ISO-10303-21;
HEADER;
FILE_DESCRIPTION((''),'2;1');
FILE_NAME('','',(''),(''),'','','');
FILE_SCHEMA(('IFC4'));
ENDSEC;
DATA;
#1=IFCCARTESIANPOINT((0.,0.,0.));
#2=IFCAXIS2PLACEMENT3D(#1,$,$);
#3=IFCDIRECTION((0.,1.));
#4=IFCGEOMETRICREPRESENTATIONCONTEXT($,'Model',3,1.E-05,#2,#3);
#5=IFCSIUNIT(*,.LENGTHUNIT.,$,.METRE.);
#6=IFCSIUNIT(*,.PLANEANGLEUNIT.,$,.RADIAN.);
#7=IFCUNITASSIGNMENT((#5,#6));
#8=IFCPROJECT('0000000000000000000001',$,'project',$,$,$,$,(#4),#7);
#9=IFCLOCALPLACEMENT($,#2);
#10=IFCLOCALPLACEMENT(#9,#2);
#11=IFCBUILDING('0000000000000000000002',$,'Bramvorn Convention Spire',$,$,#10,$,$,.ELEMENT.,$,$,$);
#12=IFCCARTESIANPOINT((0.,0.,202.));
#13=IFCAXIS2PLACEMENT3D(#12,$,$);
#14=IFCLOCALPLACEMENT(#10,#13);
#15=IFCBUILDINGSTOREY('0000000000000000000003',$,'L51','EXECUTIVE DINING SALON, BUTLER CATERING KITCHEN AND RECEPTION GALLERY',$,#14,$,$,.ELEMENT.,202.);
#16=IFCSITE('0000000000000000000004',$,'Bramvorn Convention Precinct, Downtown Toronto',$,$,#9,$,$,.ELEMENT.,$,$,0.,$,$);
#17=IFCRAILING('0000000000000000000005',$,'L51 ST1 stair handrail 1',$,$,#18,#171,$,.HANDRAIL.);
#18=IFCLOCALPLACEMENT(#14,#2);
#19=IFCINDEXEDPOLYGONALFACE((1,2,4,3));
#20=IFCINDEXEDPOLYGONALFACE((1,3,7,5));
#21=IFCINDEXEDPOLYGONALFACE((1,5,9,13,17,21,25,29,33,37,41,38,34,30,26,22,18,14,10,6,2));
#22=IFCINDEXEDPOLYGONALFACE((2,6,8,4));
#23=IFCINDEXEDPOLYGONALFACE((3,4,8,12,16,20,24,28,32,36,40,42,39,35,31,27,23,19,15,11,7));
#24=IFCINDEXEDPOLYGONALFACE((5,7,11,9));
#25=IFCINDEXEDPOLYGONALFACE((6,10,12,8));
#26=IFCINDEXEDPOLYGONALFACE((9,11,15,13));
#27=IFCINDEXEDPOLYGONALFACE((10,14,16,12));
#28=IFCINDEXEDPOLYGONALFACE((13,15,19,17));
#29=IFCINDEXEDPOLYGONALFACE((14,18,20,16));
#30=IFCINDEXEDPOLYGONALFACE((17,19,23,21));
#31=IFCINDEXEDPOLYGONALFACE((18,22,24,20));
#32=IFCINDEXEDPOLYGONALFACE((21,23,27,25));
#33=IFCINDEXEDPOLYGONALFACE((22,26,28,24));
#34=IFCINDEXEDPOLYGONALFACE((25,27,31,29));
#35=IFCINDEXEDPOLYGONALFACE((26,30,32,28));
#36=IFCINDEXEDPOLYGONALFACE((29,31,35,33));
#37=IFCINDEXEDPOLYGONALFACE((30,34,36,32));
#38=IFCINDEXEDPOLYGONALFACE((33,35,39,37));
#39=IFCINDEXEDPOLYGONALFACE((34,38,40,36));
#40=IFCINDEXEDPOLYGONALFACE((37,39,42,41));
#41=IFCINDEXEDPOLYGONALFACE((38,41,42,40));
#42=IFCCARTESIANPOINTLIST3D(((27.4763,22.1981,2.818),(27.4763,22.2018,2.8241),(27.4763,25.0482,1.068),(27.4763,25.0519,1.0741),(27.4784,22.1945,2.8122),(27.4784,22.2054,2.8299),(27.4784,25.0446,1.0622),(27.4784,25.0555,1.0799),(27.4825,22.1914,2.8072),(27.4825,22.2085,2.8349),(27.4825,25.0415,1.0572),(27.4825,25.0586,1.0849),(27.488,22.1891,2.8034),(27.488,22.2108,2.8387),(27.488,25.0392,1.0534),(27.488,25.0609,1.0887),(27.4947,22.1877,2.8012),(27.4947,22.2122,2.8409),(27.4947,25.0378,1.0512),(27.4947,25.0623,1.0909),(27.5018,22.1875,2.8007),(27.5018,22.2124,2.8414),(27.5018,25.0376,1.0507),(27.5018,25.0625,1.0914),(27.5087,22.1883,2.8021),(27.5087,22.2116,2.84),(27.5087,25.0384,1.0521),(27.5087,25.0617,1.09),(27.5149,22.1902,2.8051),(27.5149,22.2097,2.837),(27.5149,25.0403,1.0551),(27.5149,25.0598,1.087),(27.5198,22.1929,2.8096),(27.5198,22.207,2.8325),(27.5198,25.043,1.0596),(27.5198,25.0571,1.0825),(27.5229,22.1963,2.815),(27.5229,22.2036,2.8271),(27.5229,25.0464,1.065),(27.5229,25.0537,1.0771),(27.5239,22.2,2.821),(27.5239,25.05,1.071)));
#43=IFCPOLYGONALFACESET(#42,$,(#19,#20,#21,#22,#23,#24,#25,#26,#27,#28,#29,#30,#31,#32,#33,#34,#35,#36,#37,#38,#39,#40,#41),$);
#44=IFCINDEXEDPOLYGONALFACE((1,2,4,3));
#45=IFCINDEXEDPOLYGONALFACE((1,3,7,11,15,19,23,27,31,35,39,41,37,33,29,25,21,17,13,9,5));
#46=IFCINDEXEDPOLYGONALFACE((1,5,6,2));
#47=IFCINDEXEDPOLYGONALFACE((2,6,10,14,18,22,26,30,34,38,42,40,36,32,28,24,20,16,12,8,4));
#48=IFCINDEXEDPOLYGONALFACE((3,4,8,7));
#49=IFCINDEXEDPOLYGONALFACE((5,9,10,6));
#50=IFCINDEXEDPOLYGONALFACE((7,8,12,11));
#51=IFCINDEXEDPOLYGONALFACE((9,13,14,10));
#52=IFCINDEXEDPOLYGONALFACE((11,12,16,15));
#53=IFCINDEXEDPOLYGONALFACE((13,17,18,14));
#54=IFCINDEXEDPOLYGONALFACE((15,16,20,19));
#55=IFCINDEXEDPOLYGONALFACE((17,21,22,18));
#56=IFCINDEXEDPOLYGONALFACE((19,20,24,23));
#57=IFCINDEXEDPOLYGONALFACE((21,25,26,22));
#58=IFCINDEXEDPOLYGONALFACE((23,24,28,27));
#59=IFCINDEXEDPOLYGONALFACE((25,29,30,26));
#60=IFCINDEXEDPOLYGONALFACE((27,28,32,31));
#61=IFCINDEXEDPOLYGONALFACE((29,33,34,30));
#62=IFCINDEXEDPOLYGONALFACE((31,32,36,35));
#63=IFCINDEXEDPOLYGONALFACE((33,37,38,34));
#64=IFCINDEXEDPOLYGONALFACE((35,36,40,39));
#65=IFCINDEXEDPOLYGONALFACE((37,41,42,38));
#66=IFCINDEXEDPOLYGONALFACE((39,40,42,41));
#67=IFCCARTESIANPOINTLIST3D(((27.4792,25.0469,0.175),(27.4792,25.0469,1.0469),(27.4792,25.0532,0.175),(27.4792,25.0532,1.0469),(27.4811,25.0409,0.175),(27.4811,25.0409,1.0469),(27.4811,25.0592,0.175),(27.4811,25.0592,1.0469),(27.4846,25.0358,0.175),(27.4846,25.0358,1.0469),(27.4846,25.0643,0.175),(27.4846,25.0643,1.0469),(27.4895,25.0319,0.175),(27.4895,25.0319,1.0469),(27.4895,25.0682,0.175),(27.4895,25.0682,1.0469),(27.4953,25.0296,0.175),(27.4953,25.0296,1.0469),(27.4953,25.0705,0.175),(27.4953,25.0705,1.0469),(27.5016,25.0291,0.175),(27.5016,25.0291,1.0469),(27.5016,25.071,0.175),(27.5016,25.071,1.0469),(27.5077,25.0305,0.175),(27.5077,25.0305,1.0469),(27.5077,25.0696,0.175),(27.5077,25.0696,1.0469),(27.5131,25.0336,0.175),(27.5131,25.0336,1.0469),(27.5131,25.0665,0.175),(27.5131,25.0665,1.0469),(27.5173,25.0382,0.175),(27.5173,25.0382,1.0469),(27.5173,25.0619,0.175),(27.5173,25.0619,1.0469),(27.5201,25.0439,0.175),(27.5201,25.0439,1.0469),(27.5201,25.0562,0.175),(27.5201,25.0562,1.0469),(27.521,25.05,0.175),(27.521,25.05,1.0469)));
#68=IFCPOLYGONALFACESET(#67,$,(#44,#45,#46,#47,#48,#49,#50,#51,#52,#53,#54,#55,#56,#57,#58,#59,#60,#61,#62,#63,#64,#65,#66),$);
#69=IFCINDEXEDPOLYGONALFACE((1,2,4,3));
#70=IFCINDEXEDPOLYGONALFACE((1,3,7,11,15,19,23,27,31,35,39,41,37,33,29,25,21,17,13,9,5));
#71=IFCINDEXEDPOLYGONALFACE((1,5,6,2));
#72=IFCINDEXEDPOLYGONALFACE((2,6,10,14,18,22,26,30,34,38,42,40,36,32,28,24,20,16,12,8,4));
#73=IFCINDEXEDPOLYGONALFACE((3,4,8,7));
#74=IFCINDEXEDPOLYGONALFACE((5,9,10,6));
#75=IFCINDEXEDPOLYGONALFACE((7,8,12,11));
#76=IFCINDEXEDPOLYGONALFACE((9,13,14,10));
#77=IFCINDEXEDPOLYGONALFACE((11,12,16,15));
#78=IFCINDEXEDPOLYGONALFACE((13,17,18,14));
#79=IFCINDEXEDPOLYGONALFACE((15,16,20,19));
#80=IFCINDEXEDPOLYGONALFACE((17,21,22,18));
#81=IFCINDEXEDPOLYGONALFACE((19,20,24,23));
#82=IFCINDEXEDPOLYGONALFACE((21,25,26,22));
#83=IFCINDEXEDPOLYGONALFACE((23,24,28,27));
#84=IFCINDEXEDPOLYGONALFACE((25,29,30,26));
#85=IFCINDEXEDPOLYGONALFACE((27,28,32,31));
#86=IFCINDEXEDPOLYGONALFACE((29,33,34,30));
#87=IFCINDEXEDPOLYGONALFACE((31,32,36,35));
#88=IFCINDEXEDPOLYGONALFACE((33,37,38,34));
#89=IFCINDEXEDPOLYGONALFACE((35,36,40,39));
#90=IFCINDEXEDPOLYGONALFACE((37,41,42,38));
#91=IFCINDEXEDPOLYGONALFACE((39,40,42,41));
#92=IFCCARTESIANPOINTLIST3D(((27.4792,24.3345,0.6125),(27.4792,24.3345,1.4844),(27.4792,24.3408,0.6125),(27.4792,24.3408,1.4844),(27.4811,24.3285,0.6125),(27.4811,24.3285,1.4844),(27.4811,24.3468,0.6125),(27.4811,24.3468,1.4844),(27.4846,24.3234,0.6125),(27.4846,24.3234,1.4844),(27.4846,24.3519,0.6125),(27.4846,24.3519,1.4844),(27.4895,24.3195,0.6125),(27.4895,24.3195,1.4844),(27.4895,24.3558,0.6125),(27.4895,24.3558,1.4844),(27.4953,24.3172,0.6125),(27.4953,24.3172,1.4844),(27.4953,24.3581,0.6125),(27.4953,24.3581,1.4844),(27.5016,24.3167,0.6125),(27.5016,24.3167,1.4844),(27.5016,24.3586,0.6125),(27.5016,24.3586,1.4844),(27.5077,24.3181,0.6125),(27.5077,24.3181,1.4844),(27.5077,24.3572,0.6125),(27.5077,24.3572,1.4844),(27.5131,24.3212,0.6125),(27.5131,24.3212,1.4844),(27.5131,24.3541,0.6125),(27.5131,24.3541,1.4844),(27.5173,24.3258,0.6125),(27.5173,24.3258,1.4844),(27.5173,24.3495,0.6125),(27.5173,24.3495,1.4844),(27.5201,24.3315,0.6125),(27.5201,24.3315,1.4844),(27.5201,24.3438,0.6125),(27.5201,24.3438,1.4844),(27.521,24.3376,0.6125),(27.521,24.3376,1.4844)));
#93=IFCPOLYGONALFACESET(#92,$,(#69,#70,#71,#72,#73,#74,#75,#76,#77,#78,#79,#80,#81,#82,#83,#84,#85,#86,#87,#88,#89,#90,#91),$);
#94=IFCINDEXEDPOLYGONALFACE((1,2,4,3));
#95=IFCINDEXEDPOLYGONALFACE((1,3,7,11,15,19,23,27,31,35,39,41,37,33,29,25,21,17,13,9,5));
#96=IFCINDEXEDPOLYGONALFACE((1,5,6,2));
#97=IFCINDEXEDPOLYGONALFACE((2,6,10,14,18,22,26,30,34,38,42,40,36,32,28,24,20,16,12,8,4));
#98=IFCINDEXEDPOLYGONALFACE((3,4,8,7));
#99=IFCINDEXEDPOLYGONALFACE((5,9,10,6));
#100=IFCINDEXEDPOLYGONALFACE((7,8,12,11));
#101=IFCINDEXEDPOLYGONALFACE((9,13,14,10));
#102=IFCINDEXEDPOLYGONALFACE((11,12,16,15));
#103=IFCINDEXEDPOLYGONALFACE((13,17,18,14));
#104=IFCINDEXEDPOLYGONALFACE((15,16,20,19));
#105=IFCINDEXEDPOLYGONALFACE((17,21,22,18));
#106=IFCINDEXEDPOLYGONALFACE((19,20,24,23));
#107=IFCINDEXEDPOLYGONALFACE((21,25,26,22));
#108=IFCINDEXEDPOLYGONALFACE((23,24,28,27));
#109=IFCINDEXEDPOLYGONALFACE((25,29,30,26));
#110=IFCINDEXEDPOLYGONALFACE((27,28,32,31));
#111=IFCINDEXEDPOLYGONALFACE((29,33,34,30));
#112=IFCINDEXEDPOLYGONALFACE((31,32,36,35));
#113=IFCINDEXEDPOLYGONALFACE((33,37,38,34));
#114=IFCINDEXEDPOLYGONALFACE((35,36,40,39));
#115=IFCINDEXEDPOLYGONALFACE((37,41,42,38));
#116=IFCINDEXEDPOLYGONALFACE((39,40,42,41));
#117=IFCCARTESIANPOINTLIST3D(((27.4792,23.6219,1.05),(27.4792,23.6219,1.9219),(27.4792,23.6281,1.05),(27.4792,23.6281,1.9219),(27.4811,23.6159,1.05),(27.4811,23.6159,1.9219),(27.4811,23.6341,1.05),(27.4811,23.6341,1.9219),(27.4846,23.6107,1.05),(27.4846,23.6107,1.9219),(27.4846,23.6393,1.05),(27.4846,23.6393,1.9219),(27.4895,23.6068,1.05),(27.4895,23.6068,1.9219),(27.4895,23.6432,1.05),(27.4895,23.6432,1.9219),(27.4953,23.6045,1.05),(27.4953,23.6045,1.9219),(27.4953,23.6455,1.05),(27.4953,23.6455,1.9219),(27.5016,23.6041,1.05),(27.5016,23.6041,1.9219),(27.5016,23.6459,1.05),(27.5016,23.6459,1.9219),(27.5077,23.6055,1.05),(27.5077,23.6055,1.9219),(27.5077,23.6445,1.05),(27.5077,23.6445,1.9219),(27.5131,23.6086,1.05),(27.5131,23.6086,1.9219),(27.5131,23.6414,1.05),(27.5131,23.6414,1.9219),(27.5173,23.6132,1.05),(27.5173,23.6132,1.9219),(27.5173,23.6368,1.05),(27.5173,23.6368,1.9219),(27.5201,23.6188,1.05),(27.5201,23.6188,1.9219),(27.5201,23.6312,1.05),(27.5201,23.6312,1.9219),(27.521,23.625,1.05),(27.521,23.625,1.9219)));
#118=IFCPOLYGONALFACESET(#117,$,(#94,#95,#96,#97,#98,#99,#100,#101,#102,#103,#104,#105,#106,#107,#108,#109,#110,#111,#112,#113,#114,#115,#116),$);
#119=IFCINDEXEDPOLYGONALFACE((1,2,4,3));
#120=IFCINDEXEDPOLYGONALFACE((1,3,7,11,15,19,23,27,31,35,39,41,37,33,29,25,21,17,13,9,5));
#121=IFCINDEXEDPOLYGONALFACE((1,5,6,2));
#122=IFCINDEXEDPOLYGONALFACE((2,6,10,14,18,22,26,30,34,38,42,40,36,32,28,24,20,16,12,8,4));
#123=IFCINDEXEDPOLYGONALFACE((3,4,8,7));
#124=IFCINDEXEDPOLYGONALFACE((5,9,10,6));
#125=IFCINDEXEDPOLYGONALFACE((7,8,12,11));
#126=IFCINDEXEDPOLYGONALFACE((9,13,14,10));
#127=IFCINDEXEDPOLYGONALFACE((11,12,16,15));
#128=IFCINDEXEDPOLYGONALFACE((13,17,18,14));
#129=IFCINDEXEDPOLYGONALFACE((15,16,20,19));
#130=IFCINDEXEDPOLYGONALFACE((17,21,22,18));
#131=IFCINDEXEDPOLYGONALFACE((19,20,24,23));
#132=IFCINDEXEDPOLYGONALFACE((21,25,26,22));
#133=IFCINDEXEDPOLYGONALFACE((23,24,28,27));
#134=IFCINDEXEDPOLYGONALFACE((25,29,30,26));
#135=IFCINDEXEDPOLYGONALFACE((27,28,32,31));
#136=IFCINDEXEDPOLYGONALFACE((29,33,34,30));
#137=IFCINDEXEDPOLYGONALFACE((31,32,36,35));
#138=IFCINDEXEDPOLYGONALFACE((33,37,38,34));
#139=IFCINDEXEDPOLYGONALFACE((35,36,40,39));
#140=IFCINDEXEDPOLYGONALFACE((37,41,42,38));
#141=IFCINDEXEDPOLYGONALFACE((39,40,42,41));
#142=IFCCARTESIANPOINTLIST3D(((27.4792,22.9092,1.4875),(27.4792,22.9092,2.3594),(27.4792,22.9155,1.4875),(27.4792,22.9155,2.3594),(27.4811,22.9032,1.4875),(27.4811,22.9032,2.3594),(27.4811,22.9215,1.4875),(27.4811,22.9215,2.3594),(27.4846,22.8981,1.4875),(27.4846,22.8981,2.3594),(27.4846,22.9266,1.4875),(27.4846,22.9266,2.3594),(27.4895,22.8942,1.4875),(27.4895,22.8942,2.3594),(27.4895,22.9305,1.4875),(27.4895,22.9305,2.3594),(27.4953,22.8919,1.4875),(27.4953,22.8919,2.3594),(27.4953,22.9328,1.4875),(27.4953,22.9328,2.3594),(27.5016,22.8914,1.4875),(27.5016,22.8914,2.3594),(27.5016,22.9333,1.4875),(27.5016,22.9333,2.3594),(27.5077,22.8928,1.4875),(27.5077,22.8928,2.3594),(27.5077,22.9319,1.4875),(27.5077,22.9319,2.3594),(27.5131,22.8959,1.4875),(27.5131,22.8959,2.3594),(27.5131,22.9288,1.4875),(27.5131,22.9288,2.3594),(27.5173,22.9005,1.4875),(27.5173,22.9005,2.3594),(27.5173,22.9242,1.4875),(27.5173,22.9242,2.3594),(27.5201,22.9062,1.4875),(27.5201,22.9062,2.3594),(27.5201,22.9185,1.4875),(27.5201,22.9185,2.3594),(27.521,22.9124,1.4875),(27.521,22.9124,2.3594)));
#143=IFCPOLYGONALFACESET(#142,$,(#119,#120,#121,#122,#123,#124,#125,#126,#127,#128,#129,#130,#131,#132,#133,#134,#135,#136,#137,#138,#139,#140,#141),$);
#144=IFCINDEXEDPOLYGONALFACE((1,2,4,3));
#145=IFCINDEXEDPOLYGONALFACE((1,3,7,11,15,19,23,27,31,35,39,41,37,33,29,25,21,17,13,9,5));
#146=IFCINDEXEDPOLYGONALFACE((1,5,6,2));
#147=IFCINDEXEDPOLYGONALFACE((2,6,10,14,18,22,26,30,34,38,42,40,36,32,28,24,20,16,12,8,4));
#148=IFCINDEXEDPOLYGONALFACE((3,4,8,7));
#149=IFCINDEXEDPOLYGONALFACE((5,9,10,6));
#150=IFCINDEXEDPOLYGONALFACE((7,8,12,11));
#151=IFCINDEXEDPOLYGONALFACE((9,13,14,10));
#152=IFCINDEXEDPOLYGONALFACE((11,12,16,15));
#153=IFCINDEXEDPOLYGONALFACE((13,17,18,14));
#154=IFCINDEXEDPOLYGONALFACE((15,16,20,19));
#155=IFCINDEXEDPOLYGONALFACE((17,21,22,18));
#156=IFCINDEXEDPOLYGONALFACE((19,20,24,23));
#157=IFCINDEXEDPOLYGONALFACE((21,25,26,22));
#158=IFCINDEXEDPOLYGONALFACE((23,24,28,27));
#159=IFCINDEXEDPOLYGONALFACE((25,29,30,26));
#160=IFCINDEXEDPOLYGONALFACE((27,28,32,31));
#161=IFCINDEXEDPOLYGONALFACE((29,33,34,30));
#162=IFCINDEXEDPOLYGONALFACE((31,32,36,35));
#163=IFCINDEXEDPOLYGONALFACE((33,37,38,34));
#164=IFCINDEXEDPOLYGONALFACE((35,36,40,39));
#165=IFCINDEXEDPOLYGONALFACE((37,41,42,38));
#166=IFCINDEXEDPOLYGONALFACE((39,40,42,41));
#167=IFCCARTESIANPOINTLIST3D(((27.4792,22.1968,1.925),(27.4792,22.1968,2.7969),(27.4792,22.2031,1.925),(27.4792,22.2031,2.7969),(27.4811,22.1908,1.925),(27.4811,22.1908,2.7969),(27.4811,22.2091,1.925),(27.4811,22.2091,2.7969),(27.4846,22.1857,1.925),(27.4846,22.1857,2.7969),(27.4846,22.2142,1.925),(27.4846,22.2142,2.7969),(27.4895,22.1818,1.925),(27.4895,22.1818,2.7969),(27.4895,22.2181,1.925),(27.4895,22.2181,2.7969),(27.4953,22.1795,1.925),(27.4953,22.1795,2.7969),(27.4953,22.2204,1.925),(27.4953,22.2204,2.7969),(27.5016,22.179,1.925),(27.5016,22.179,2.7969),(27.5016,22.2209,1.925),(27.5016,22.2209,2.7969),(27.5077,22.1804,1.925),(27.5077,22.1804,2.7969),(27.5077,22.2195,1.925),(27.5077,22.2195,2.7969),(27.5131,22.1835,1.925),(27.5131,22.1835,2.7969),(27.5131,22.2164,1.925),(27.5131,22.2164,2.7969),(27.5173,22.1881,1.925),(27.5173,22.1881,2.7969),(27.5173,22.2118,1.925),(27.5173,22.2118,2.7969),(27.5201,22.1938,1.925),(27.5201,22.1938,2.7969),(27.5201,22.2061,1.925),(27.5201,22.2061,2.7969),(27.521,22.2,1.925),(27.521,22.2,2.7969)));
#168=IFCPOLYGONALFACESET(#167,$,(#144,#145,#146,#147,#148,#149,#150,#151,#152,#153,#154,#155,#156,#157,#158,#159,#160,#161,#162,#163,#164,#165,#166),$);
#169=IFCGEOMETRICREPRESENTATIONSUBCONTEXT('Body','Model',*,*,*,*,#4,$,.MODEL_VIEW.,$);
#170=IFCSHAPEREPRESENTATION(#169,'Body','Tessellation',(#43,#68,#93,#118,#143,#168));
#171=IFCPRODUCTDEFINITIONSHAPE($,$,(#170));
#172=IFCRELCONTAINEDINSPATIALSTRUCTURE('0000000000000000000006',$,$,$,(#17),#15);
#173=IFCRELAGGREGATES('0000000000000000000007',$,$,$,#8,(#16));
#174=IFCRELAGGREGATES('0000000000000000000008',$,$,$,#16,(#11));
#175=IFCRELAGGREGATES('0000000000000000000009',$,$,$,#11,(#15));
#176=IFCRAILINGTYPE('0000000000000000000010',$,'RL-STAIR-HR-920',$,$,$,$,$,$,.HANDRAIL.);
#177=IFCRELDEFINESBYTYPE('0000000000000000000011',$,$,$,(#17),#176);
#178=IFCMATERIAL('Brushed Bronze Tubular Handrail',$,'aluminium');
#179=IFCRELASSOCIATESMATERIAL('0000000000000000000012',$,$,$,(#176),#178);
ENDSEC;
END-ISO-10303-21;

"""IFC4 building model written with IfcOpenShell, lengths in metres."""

from ifc_helpers import new_model, si_unit, direction, frame, origin, origin_2d, place, context, subcontext, project, spatial, circle, extrude, material, type_object, element, save


model = new_model("IFC4")

# Units and contexts
model_context = context("Model", 3, precision=1e-05, world=origin(), true_north=direction((0.0, 1.0)))
body_context = subcontext(model_context, "Body", "Model", "MODEL_VIEW")
ifc_project = project(units=[si_unit("LENGTHUNIT", "METRE"), si_unit("PLANEANGLEUNIT", "RADIAN")], contexts=[model_context])

# Site, building, storey
site_placement = place(None, origin())
site = spatial("IfcSite", under=ifc_project, at=site_placement, Name="Bramvorn Convention Precinct, Downtown Toronto", CompositionType="ELEMENT", RefElevation=0.0)
building_placement = place(site_placement, origin())
building = spatial("IfcBuilding", under=site, at=building_placement, Name="Bramvorn Convention Spire", CompositionType="ELEMENT")
storey_placement = place(building_placement, frame((0.0, 0.0, 202.0)))
storey = spatial("IfcBuildingStorey", under=building, at=storey_placement, Name="L51", Description="EXECUTIVE DINING SALON, BUTLER CATERING KITCHEN AND RECEPTION GALLERY", CompositionType="ELEMENT", Elevation=202.0)

# Railing
ifc_material_1 = material(Name="Brushed Bronze Tubular Handrail", Category="aluminium")
railing_type_1 = type_object("IfcRailingType", Name="RL-STAIR-HR-920", PredefinedType="HANDRAIL", material=ifc_material_1)
railing_1_placement = place(storey_placement, frame((27.5, 25.05, 0.175)))
element("IfcRailing", 1, at=railing_1_placement, inside=storey, type_object=railing_type_1, Name="L51 ST1 stair handrail 1", PredefinedType="HANDRAIL", context=body_context, shape_type="SweptSolid", body=[
    extrude(circle(Radius=0.0239, at=origin_2d()), frame((0.0, 0.0, 0.896), z_axis=(0.0, -0.852179, 0.52325), x_axis=(1.0, 0.0, 0.0)), (0.0, 0.0, 1.0), 3.3445),
    extrude(circle(Radius=0.021, at=origin_2d()), origin(), (0.0, 0.0, 1.0), 0.8718),
    extrude(circle(Radius=0.021, at=origin_2d()), frame((0.0, -0.7124, 0.4375)), (0.0, 0.0, 1.0), 0.8718),
    extrude(circle(Radius=0.021, at=origin_2d()), frame((0.0, -1.425, 0.875)), (0.0, 0.0, 1.0), 0.8718),
    extrude(circle(Radius=0.021, at=origin_2d()), frame((0.0, -2.1377, 1.3125)), (0.0, 0.0, 1.0), 0.8718),
    extrude(circle(Radius=0.021, at=origin_2d()), frame((0.0, -2.8501, 1.75)), (0.0, 0.0, 1.0), 0.8718),
])

save(model, "model.ifc")
